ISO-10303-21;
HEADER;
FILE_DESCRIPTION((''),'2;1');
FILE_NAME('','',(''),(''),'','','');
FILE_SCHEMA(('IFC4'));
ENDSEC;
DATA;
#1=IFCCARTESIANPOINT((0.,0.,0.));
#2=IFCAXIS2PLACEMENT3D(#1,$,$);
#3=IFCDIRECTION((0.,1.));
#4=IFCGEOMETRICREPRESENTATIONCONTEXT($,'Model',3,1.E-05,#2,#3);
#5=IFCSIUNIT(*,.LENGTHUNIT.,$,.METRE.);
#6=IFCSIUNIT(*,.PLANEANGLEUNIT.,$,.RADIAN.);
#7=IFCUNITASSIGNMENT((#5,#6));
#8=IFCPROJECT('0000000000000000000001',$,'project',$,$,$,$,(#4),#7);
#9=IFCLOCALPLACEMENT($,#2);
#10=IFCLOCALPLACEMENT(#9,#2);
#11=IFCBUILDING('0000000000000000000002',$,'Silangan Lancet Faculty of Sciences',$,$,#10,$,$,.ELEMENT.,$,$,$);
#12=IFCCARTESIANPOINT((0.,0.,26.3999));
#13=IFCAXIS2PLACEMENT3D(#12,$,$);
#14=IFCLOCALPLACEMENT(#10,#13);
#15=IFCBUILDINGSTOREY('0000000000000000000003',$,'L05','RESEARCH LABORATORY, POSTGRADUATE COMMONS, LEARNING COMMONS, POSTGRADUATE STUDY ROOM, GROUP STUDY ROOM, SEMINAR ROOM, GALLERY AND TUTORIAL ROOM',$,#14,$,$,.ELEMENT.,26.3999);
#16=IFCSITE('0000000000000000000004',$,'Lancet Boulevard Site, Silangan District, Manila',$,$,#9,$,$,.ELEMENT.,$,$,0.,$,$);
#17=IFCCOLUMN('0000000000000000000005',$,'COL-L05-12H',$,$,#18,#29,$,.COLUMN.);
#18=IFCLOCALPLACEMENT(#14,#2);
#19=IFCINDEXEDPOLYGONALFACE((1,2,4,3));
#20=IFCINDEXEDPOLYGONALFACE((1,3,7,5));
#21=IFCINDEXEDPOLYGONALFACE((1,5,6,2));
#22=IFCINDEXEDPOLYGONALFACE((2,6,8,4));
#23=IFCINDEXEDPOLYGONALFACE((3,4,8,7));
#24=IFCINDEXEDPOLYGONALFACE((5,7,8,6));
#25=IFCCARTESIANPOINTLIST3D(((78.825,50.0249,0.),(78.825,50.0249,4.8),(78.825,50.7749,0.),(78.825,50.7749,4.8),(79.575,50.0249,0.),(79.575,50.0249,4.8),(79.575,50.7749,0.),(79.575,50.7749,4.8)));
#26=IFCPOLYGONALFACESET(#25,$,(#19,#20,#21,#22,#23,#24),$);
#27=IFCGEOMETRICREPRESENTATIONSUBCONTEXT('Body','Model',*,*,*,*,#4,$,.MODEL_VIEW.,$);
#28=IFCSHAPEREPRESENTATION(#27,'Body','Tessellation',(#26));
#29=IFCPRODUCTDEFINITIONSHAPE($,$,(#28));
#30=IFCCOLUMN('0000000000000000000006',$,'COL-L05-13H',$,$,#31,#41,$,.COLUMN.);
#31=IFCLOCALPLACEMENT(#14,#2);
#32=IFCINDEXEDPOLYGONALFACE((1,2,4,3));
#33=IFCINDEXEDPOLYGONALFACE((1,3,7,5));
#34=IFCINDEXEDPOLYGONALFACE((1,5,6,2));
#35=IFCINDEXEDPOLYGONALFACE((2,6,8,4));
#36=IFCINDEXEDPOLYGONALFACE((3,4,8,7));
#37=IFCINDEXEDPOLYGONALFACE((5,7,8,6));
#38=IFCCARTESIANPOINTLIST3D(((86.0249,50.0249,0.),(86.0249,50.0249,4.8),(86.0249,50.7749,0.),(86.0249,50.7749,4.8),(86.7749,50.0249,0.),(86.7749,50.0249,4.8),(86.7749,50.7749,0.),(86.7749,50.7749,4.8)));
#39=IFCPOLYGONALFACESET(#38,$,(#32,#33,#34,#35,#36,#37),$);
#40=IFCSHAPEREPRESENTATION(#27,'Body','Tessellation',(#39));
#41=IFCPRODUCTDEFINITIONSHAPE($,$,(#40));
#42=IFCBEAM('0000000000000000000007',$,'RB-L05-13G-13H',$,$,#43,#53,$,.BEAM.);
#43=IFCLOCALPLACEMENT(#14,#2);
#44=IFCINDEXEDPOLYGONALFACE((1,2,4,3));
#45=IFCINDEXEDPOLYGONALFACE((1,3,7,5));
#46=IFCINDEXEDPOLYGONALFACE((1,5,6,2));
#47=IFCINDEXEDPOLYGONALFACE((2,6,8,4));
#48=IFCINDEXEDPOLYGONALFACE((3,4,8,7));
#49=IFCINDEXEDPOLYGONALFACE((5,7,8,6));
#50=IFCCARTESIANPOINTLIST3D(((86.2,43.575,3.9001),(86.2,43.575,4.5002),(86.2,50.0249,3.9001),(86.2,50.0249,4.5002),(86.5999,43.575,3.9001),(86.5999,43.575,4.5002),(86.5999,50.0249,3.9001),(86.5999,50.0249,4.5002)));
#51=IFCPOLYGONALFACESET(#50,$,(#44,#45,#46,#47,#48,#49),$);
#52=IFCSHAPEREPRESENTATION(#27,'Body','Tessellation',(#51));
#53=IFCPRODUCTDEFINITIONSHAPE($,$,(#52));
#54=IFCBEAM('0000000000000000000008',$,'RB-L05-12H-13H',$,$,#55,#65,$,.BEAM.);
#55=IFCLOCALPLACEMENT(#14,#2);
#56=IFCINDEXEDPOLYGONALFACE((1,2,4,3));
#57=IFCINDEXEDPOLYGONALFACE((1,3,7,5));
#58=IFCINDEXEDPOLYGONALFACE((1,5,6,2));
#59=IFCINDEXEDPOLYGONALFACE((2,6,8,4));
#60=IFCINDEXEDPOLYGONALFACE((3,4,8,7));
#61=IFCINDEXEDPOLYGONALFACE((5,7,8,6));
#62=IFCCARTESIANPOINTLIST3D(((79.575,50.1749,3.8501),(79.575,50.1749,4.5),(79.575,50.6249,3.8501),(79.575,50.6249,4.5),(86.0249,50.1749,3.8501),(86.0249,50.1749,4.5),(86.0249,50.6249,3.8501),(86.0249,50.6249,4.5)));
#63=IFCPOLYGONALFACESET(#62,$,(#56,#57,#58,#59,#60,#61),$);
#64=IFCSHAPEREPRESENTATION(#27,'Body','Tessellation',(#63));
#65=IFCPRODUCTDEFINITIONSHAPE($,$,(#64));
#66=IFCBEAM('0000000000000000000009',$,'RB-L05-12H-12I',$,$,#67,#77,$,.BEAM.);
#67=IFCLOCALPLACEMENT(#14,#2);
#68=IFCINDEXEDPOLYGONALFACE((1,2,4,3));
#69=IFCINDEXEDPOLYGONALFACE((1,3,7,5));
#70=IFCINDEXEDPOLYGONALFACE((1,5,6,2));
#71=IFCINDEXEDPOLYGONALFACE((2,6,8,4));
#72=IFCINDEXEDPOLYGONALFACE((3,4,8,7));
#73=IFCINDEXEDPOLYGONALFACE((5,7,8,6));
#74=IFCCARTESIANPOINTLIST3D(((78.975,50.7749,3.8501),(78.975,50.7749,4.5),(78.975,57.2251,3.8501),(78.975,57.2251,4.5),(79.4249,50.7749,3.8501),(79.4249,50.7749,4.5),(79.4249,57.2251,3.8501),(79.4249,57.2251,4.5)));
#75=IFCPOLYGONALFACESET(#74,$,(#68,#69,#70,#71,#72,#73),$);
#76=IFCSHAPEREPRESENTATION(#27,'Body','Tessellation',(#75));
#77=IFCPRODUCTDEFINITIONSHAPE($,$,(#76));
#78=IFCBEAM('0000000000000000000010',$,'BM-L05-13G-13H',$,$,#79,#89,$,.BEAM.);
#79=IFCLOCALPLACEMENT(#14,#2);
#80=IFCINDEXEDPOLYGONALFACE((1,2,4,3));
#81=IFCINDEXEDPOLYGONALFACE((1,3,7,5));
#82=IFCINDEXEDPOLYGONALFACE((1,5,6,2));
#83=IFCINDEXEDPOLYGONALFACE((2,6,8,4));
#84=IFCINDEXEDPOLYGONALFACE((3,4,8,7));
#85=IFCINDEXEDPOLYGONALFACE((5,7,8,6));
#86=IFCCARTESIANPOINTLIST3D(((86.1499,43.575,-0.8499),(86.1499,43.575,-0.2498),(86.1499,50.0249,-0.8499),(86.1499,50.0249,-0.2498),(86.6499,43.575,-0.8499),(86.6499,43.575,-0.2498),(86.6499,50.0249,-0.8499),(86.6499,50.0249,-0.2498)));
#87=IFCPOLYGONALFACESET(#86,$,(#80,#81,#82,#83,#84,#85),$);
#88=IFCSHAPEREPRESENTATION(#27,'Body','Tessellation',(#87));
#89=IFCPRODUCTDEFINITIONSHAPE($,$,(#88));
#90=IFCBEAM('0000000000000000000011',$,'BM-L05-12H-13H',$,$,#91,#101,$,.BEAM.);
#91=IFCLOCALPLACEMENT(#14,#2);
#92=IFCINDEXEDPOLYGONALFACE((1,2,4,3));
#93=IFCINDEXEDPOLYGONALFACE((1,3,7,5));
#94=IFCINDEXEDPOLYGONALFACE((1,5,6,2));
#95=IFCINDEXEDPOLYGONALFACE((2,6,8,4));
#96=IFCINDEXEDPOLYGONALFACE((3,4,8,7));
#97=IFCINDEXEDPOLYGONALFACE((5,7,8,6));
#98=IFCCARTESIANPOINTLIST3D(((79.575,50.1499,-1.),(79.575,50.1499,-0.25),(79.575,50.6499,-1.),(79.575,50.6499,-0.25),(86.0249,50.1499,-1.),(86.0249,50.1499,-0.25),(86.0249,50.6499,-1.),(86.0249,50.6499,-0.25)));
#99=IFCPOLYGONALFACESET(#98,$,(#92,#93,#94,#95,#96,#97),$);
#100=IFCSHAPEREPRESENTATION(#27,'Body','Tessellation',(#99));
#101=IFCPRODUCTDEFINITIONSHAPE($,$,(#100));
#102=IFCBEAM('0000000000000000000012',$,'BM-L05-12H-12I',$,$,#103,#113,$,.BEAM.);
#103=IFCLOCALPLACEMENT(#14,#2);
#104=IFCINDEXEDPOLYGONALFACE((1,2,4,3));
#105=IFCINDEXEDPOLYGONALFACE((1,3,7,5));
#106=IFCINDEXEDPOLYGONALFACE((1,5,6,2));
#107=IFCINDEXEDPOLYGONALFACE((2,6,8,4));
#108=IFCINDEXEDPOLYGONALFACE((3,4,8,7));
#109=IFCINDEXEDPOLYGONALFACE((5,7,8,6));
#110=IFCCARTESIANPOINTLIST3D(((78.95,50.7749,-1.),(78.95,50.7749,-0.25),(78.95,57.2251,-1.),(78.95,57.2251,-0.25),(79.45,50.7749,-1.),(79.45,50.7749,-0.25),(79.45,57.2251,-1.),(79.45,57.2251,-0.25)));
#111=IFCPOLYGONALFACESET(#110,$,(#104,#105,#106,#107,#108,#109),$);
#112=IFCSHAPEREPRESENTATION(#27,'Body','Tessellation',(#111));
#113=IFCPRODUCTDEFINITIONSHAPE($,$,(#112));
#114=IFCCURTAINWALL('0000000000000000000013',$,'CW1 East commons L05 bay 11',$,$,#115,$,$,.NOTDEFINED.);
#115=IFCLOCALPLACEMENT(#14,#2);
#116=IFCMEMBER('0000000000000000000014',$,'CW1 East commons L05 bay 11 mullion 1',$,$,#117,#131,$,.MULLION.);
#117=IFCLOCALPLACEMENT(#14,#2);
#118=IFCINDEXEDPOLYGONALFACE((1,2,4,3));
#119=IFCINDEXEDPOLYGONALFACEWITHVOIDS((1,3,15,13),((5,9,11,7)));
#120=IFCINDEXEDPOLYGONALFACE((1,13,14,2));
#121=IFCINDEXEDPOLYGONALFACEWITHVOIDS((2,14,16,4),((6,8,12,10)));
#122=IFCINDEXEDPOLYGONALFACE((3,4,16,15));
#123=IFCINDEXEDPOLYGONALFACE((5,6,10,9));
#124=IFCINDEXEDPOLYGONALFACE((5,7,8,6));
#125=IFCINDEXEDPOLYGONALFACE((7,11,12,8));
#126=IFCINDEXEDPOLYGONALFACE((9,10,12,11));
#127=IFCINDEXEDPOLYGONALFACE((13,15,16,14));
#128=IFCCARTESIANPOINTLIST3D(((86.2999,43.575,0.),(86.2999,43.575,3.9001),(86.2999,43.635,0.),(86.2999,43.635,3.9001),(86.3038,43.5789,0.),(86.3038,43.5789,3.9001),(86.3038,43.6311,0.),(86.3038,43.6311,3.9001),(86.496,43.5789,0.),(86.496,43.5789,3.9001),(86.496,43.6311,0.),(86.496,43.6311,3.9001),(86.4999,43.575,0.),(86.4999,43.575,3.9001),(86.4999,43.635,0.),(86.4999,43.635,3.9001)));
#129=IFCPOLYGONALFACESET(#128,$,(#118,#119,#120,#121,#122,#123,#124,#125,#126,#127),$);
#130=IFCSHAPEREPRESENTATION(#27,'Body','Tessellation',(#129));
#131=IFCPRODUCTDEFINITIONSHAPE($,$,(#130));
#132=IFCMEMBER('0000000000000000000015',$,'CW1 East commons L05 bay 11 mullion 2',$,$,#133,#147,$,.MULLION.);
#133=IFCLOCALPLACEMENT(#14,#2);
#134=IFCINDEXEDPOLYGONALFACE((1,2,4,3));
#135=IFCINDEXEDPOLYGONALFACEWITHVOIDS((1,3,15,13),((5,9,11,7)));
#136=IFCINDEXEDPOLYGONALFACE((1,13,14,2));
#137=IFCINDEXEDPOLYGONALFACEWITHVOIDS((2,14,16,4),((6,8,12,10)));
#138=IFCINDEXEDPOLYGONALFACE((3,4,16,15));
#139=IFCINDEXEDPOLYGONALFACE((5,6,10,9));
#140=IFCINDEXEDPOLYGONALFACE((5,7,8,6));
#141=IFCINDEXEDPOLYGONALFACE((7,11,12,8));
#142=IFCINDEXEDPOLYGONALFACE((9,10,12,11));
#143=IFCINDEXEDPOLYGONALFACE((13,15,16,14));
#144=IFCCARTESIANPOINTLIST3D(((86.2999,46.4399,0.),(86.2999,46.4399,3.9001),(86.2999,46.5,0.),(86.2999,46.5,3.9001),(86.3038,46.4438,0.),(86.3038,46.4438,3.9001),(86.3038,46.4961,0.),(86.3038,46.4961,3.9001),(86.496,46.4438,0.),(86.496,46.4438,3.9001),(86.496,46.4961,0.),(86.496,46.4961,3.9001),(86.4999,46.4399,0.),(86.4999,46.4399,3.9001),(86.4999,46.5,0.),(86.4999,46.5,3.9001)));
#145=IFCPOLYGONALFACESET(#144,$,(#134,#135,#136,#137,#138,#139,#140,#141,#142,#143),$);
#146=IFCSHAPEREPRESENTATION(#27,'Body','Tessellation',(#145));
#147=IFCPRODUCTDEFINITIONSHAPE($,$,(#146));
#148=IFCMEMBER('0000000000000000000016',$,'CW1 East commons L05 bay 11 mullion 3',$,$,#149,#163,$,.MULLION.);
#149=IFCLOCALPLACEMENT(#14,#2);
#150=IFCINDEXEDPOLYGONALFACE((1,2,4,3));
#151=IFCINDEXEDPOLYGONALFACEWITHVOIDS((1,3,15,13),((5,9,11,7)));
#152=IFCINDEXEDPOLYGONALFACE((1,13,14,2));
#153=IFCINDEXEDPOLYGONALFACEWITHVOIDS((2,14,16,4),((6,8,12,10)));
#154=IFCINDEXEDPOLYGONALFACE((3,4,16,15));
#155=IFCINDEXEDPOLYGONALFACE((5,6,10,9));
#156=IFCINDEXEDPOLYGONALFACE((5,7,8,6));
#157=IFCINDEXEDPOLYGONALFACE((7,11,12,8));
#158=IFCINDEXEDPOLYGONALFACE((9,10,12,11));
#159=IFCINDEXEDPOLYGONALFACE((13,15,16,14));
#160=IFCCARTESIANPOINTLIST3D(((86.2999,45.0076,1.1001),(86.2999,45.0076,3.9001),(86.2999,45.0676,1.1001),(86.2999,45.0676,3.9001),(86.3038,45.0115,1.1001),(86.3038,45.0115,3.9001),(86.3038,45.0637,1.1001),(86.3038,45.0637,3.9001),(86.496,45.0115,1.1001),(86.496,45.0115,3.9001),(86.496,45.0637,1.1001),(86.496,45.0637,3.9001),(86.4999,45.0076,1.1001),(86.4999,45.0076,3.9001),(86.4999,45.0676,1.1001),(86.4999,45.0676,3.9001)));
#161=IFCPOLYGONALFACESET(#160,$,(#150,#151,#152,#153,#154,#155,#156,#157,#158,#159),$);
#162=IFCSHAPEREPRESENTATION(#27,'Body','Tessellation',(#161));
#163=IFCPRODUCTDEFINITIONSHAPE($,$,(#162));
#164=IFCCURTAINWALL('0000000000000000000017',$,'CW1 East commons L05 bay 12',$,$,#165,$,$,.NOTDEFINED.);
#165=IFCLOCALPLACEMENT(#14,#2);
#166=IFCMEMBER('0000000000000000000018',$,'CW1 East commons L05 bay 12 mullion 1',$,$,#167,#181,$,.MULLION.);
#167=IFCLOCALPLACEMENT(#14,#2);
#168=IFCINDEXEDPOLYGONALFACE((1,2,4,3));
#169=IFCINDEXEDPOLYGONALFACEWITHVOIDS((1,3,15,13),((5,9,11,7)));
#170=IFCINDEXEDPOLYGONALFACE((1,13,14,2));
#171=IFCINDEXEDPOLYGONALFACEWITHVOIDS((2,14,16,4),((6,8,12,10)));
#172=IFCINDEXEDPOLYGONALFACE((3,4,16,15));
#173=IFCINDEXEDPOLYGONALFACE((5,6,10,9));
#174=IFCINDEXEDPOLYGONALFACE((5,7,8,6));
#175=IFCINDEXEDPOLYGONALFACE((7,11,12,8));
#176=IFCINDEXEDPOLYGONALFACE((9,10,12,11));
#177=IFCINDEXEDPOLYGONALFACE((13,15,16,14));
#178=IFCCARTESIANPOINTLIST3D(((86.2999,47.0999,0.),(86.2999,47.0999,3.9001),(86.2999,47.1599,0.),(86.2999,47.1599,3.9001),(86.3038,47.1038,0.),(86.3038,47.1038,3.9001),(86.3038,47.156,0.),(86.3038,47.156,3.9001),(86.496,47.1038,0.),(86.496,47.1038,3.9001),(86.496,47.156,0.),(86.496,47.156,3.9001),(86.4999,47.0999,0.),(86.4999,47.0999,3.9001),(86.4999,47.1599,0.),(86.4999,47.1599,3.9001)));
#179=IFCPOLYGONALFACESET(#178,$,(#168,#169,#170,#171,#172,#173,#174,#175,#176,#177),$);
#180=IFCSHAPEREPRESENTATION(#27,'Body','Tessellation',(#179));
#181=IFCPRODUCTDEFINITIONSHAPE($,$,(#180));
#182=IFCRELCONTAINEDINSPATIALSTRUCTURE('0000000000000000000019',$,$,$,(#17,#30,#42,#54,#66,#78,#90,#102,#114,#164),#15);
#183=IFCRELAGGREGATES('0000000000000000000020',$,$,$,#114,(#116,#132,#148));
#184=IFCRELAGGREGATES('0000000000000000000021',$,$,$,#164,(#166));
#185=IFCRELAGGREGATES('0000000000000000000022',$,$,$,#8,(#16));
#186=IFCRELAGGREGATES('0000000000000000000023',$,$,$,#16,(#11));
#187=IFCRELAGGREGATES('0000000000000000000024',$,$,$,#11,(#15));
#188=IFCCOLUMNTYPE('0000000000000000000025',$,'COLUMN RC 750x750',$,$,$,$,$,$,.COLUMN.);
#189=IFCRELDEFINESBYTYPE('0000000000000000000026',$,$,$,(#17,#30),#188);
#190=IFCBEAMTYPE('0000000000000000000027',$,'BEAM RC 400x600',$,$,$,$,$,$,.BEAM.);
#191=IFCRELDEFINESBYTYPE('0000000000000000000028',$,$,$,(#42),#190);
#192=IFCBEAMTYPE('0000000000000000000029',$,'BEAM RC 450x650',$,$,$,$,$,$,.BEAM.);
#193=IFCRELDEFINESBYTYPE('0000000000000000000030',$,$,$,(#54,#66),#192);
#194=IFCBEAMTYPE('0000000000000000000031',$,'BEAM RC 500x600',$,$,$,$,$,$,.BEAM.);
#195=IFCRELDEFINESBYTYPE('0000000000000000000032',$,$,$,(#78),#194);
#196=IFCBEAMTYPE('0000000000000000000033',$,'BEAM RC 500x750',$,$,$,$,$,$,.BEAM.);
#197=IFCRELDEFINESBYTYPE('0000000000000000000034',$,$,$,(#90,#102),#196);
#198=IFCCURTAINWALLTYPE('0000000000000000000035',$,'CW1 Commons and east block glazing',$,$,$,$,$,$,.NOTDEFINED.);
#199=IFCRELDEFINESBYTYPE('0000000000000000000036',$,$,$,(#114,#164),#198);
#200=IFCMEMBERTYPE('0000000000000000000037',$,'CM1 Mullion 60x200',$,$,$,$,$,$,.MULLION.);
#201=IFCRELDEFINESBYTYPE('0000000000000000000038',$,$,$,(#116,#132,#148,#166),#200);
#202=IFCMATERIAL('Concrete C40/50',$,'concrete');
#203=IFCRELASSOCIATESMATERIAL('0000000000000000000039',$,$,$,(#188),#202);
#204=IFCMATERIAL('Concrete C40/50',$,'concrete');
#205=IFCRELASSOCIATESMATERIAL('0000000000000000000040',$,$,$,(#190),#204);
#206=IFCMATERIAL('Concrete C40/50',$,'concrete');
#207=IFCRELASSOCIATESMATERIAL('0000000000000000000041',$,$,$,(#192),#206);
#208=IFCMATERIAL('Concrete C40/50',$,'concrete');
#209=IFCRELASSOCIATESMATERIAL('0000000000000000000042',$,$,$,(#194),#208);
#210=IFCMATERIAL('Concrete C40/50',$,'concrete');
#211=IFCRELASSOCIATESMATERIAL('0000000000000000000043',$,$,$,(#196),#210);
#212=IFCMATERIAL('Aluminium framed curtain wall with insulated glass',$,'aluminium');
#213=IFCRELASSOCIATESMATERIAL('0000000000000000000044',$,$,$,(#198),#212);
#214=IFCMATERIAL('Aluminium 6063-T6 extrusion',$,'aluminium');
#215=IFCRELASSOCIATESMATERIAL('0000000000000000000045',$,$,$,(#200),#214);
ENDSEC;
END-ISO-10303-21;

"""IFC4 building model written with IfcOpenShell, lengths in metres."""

from ifc_helpers import new_model, si_unit, direction, frame, origin, origin_2d, place, context, subcontext, project, spatial, rectangle, hollow_rectangle, extrude, material, material_profile, profile_set, type_object, element, aggregate, save


model = new_model("IFC4")

# Units and contexts
model_context = context("Model", 3, precision=1e-05, world=origin(), true_north=direction((0.0, 1.0)))
body_context = subcontext(model_context, "Body", "Model", "MODEL_VIEW")
ifc_project = project(units=[si_unit("LENGTHUNIT", "METRE"), si_unit("PLANEANGLEUNIT", "RADIAN")], contexts=[model_context])

# Site, building, storey
site_placement = place(None, origin())
site = spatial("IfcSite", under=ifc_project, at=site_placement, Name="Lancet Boulevard Site, Silangan District, Manila", CompositionType="ELEMENT", RefElevation=0.0)
building_placement = place(site_placement, origin())
building = spatial("IfcBuilding", under=site, at=building_placement, Name="Silangan Lancet Faculty of Sciences", CompositionType="ELEMENT")
storey_placement = place(building_placement, frame((0.0, 0.0, 26.3999)))
storey = spatial("IfcBuildingStorey", under=building, at=storey_placement, Name="L05", Description="RESEARCH LABORATORY, POSTGRADUATE COMMONS, LEARNING COMMONS, POSTGRADUATE STUDY ROOM, GROUP STUDY ROOM, SEMINAR ROOM, GALLERY AND TUTORIAL ROOM", CompositionType="ELEMENT", Elevation=26.3999)

# Columns
ifc_material_1 = material(Name="Concrete C40/50", Category="concrete")
ifc_material_profile_1 = material_profile(ifc_material_1, rectangle(XDim=0.75, YDim=0.75, at=origin_2d()), Name="RC 750x750")
ifc_profile_set_1 = profile_set([ifc_material_profile_1], Name="Concrete C40/50")
column_type = type_object("IfcColumnType", Name="COLUMN RC 750x750", PredefinedType="COLUMN", material=ifc_profile_set_1)
for number, where, z_axis, x_axis, name in (
    (1, (79.2, 50.3999, 0.0), (0.0, 0.0, 1.0), (1.0, 0.0, 0.0), "COL-L05-12H"),
    (2, (86.3999, 50.3999, 0.0), (0.0, 0.0, 1.0), (1.0, 0.0, 0.0), "COL-L05-13H"),
):
    element("IfcColumn", number, at=place(storey_placement, frame(where, z_axis=z_axis, x_axis=x_axis)), inside=storey, type_object=column_type, Name=name, PredefinedType="COLUMN", context=body_context, shape_type="SweptSolid", body=[
        extrude(rectangle(XDim=0.75, YDim=0.75, at=origin_2d()), origin(), (0.0, 0.0, 1.0), 4.8),
    ])

# Beams
ifc_material_2 = material(Name="Concrete C40/50", Category="concrete")
ifc_material_profile_2 = material_profile(ifc_material_2, rectangle(XDim=0.3999, YDim=0.6001, at=origin_2d()), Name="RC 400x600")
ifc_profile_set_2 = profile_set([ifc_material_profile_2], Name="Concrete C40/50")
beam_type_1 = type_object("IfcBeamType", Name="BEAM RC 400x600", PredefinedType="BEAM", material=ifc_profile_set_2)
beam_1_placement = place(storey_placement, frame((86.3999, 43.575, 4.2002), z_axis=(0.0, 1.0, 0.0), x_axis=(-1.0, 0.0, 0.0)))
element("IfcBeam", 3, at=beam_1_placement, inside=storey, type_object=beam_type_1, Name="RB-L05-13G-13H", PredefinedType="BEAM", context=body_context, shape_type="SweptSolid", body=[
    extrude(rectangle(XDim=0.3999, YDim=0.6001, at=origin_2d()), origin(), (0.0, 0.0, 1.0), 6.45),
])
ifc_material_3 = material(Name="Concrete C40/50", Category="concrete")
ifc_material_profile_3 = material_profile(ifc_material_3, rectangle(XDim=0.45, YDim=0.6499, at=origin_2d()), Name="RC 450x650")
ifc_profile_set_3 = profile_set([ifc_material_profile_3], Name="Concrete C40/50")
beam_type_2 = type_object("IfcBeamType", Name="BEAM RC 450x650", PredefinedType="BEAM", material=ifc_profile_set_3)
beam_2_placement = place(storey_placement, frame((79.575, 50.3999, 4.175), z_axis=(1.0, 0.0, 0.0), x_axis=(0.0, 1.0, 0.0)))
element("IfcBeam", 4, at=beam_2_placement, inside=storey, type_object=beam_type_2, Name="RB-L05-12H-13H", PredefinedType="BEAM", context=body_context, shape_type="SweptSolid", body=[
    extrude(rectangle(XDim=0.45, YDim=0.6499, at=origin_2d()), origin(), (0.0, 0.0, 1.0), 6.45),
])
beam_3_placement = place(storey_placement, frame((79.2, 50.7749, 4.175), z_axis=(0.0, 1.0, 0.0), x_axis=(-1.0, 0.0, 0.0)))
element("IfcBeam", 5, at=beam_3_placement, inside=storey, type_object=beam_type_2, Name="RB-L05-12H-12I", PredefinedType="BEAM", context=body_context, shape_type="SweptSolid", body=[
    extrude(rectangle(XDim=0.45, YDim=0.6499, at=origin_2d()), origin(), (0.0, 0.0, 1.0), 6.4502),
])
ifc_material_4 = material(Name="Concrete C40/50", Category="concrete")
ifc_material_profile_4 = material_profile(ifc_material_4, rectangle(XDim=0.5, YDim=0.6001, at=origin_2d()), Name="RC 500x600")
ifc_profile_set_4 = profile_set([ifc_material_profile_4], Name="Concrete C40/50")
beam_type_3 = type_object("IfcBeamType", Name="BEAM RC 500x600", PredefinedType="BEAM", material=ifc_profile_set_4)
beam_4_placement = place(storey_placement, frame((86.3999, 43.575, -0.5498), z_axis=(0.0, 1.0, 0.0), x_axis=(-1.0, 0.0, 0.0)))
element("IfcBeam", 6, at=beam_4_placement, inside=storey, type_object=beam_type_3, Name="BM-L05-13G-13H", PredefinedType="BEAM", context=body_context, shape_type="SweptSolid", body=[
    extrude(rectangle(XDim=0.5, YDim=0.6001, at=origin_2d()), origin(), (0.0, 0.0, 1.0), 6.45),
])
ifc_material_5 = material(Name="Concrete C40/50", Category="concrete")
ifc_material_profile_5 = material_profile(ifc_material_5, rectangle(XDim=0.5, YDim=0.75, at=origin_2d()), Name="RC 500x750")
ifc_profile_set_5 = profile_set([ifc_material_profile_5], Name="Concrete C40/50")
beam_type_4 = type_object("IfcBeamType", Name="BEAM RC 500x750", PredefinedType="BEAM", material=ifc_profile_set_5)
beam_5_placement = place(storey_placement, frame((79.575, 50.3999, -0.625), z_axis=(1.0, 0.0, 0.0), x_axis=(0.0, 1.0, 0.0)))
element("IfcBeam", 7, at=beam_5_placement, inside=storey, type_object=beam_type_4, Name="BM-L05-12H-13H", PredefinedType="BEAM", context=body_context, shape_type="SweptSolid", body=[
    extrude(rectangle(XDim=0.5, YDim=0.75, at=origin_2d()), origin(), (0.0, 0.0, 1.0), 6.45),
])
beam_6_placement = place(storey_placement, frame((79.2, 50.7749, -0.625), z_axis=(0.0, 1.0, 0.0), x_axis=(-1.0, 0.0, 0.0)))
element("IfcBeam", 8, at=beam_6_placement, inside=storey, type_object=beam_type_4, Name="BM-L05-12H-12I", PredefinedType="BEAM", context=body_context, shape_type="SweptSolid", body=[
    extrude(rectangle(XDim=0.5, YDim=0.75, at=origin_2d()), origin(), (0.0, 0.0, 1.0), 6.4502),
])

# Curtain walls, members
ifc_material_6 = material(Name="Aluminium framed curtain wall with insulated glass", Category="aluminium")
curtain_wall_type = type_object("IfcCurtainWallType", Name="CW1 Commons and east block glazing", PredefinedType="NOTDEFINED", material=ifc_material_6)
curtain_wall_1_placement = place(storey_placement, origin())
curtain_wall_1 = element("IfcCurtainWall", 9, at=curtain_wall_1_placement, inside=storey, type_object=curtain_wall_type, Name="CW1 East commons L05 bay 11", PredefinedType="NOTDEFINED")
ifc_material_7 = material(Name="Aluminium 6063-T6 extrusion", Category="aluminium")
ifc_material_profile_6 = material_profile(ifc_material_7, hollow_rectangle(XDim=0.0601, YDim=0.2, WallThickness=0.0039, at=origin_2d()), Name="AL BOX 60x200x4")
ifc_profile_set_6 = profile_set([ifc_material_profile_6], Name="Aluminium 6063-T6 extrusion")
member_type_1 = type_object("IfcMemberType", Name="CM1 Mullion 60x200", PredefinedType="MULLION", material=ifc_profile_set_6)
member_1_placement = place(storey_placement, frame((86.3999, 43.605, 0.0), z_axis=(0.0, 0.0, 1.0), x_axis=(0.0, 1.0, 0.0)))
member_1 = element("IfcMember", 10, at=member_1_placement, type_object=member_type_1, Name="CW1 East commons L05 bay 11 mullion 1", PredefinedType="MULLION", context=body_context, shape_type="SweptSolid", body=[
    extrude(hollow_rectangle(XDim=0.0601, YDim=0.2, WallThickness=0.0039, at=origin_2d()), origin(), (0.0, 0.0, 1.0), 3.9001),
])
member_2_placement = place(storey_placement, frame((86.3999, 46.47, 0.0), z_axis=(0.0, 0.0, 1.0), x_axis=(0.0, 1.0, 0.0)))
member_2 = element("IfcMember", 11, at=member_2_placement, type_object=member_type_1, Name="CW1 East commons L05 bay 11 mullion 2", PredefinedType="MULLION", context=body_context, shape_type="SweptSolid", body=[
    extrude(hollow_rectangle(XDim=0.0601, YDim=0.2, WallThickness=0.0039, at=origin_2d()), origin(), (0.0, 0.0, 1.0), 3.9001),
])
member_3_placement = place(storey_placement, frame((86.3999, 45.0376, 1.1001), z_axis=(0.0, 0.0, 1.0), x_axis=(0.0, 1.0, 0.0)))
member_3 = element("IfcMember", 12, at=member_3_placement, type_object=member_type_1, Name="CW1 East commons L05 bay 11 mullion 3", PredefinedType="MULLION", context=body_context, shape_type="SweptSolid", body=[
    extrude(hollow_rectangle(XDim=0.0601, YDim=0.2, WallThickness=0.0039, at=origin_2d()), origin(), (0.0, 0.0, 1.0), 2.8),
])
curtain_wall_2_placement = place(storey_placement, origin())
curtain_wall_2 = element("IfcCurtainWall", 13, at=curtain_wall_2_placement, inside=storey, type_object=curtain_wall_type, Name="CW1 East commons L05 bay 12", PredefinedType="NOTDEFINED")
member_4_placement = place(storey_placement, frame((86.3999, 47.1299, 0.0), z_axis=(0.0, 0.0, 1.0), x_axis=(0.0, 1.0, 0.0)))
member_4 = element("IfcMember", 14, at=member_4_placement, type_object=member_type_1, Name="CW1 East commons L05 bay 12 mullion 1", PredefinedType="MULLION", context=body_context, shape_type="SweptSolid", body=[
    extrude(hollow_rectangle(XDim=0.0601, YDim=0.2, WallThickness=0.0039, at=origin_2d()), origin(), (0.0, 0.0, 1.0), 3.9001),
])

aggregate(curtain_wall_1, [member_1, member_2, member_3])
aggregate(curtain_wall_2, [member_4])

save(model, "model.ifc")
